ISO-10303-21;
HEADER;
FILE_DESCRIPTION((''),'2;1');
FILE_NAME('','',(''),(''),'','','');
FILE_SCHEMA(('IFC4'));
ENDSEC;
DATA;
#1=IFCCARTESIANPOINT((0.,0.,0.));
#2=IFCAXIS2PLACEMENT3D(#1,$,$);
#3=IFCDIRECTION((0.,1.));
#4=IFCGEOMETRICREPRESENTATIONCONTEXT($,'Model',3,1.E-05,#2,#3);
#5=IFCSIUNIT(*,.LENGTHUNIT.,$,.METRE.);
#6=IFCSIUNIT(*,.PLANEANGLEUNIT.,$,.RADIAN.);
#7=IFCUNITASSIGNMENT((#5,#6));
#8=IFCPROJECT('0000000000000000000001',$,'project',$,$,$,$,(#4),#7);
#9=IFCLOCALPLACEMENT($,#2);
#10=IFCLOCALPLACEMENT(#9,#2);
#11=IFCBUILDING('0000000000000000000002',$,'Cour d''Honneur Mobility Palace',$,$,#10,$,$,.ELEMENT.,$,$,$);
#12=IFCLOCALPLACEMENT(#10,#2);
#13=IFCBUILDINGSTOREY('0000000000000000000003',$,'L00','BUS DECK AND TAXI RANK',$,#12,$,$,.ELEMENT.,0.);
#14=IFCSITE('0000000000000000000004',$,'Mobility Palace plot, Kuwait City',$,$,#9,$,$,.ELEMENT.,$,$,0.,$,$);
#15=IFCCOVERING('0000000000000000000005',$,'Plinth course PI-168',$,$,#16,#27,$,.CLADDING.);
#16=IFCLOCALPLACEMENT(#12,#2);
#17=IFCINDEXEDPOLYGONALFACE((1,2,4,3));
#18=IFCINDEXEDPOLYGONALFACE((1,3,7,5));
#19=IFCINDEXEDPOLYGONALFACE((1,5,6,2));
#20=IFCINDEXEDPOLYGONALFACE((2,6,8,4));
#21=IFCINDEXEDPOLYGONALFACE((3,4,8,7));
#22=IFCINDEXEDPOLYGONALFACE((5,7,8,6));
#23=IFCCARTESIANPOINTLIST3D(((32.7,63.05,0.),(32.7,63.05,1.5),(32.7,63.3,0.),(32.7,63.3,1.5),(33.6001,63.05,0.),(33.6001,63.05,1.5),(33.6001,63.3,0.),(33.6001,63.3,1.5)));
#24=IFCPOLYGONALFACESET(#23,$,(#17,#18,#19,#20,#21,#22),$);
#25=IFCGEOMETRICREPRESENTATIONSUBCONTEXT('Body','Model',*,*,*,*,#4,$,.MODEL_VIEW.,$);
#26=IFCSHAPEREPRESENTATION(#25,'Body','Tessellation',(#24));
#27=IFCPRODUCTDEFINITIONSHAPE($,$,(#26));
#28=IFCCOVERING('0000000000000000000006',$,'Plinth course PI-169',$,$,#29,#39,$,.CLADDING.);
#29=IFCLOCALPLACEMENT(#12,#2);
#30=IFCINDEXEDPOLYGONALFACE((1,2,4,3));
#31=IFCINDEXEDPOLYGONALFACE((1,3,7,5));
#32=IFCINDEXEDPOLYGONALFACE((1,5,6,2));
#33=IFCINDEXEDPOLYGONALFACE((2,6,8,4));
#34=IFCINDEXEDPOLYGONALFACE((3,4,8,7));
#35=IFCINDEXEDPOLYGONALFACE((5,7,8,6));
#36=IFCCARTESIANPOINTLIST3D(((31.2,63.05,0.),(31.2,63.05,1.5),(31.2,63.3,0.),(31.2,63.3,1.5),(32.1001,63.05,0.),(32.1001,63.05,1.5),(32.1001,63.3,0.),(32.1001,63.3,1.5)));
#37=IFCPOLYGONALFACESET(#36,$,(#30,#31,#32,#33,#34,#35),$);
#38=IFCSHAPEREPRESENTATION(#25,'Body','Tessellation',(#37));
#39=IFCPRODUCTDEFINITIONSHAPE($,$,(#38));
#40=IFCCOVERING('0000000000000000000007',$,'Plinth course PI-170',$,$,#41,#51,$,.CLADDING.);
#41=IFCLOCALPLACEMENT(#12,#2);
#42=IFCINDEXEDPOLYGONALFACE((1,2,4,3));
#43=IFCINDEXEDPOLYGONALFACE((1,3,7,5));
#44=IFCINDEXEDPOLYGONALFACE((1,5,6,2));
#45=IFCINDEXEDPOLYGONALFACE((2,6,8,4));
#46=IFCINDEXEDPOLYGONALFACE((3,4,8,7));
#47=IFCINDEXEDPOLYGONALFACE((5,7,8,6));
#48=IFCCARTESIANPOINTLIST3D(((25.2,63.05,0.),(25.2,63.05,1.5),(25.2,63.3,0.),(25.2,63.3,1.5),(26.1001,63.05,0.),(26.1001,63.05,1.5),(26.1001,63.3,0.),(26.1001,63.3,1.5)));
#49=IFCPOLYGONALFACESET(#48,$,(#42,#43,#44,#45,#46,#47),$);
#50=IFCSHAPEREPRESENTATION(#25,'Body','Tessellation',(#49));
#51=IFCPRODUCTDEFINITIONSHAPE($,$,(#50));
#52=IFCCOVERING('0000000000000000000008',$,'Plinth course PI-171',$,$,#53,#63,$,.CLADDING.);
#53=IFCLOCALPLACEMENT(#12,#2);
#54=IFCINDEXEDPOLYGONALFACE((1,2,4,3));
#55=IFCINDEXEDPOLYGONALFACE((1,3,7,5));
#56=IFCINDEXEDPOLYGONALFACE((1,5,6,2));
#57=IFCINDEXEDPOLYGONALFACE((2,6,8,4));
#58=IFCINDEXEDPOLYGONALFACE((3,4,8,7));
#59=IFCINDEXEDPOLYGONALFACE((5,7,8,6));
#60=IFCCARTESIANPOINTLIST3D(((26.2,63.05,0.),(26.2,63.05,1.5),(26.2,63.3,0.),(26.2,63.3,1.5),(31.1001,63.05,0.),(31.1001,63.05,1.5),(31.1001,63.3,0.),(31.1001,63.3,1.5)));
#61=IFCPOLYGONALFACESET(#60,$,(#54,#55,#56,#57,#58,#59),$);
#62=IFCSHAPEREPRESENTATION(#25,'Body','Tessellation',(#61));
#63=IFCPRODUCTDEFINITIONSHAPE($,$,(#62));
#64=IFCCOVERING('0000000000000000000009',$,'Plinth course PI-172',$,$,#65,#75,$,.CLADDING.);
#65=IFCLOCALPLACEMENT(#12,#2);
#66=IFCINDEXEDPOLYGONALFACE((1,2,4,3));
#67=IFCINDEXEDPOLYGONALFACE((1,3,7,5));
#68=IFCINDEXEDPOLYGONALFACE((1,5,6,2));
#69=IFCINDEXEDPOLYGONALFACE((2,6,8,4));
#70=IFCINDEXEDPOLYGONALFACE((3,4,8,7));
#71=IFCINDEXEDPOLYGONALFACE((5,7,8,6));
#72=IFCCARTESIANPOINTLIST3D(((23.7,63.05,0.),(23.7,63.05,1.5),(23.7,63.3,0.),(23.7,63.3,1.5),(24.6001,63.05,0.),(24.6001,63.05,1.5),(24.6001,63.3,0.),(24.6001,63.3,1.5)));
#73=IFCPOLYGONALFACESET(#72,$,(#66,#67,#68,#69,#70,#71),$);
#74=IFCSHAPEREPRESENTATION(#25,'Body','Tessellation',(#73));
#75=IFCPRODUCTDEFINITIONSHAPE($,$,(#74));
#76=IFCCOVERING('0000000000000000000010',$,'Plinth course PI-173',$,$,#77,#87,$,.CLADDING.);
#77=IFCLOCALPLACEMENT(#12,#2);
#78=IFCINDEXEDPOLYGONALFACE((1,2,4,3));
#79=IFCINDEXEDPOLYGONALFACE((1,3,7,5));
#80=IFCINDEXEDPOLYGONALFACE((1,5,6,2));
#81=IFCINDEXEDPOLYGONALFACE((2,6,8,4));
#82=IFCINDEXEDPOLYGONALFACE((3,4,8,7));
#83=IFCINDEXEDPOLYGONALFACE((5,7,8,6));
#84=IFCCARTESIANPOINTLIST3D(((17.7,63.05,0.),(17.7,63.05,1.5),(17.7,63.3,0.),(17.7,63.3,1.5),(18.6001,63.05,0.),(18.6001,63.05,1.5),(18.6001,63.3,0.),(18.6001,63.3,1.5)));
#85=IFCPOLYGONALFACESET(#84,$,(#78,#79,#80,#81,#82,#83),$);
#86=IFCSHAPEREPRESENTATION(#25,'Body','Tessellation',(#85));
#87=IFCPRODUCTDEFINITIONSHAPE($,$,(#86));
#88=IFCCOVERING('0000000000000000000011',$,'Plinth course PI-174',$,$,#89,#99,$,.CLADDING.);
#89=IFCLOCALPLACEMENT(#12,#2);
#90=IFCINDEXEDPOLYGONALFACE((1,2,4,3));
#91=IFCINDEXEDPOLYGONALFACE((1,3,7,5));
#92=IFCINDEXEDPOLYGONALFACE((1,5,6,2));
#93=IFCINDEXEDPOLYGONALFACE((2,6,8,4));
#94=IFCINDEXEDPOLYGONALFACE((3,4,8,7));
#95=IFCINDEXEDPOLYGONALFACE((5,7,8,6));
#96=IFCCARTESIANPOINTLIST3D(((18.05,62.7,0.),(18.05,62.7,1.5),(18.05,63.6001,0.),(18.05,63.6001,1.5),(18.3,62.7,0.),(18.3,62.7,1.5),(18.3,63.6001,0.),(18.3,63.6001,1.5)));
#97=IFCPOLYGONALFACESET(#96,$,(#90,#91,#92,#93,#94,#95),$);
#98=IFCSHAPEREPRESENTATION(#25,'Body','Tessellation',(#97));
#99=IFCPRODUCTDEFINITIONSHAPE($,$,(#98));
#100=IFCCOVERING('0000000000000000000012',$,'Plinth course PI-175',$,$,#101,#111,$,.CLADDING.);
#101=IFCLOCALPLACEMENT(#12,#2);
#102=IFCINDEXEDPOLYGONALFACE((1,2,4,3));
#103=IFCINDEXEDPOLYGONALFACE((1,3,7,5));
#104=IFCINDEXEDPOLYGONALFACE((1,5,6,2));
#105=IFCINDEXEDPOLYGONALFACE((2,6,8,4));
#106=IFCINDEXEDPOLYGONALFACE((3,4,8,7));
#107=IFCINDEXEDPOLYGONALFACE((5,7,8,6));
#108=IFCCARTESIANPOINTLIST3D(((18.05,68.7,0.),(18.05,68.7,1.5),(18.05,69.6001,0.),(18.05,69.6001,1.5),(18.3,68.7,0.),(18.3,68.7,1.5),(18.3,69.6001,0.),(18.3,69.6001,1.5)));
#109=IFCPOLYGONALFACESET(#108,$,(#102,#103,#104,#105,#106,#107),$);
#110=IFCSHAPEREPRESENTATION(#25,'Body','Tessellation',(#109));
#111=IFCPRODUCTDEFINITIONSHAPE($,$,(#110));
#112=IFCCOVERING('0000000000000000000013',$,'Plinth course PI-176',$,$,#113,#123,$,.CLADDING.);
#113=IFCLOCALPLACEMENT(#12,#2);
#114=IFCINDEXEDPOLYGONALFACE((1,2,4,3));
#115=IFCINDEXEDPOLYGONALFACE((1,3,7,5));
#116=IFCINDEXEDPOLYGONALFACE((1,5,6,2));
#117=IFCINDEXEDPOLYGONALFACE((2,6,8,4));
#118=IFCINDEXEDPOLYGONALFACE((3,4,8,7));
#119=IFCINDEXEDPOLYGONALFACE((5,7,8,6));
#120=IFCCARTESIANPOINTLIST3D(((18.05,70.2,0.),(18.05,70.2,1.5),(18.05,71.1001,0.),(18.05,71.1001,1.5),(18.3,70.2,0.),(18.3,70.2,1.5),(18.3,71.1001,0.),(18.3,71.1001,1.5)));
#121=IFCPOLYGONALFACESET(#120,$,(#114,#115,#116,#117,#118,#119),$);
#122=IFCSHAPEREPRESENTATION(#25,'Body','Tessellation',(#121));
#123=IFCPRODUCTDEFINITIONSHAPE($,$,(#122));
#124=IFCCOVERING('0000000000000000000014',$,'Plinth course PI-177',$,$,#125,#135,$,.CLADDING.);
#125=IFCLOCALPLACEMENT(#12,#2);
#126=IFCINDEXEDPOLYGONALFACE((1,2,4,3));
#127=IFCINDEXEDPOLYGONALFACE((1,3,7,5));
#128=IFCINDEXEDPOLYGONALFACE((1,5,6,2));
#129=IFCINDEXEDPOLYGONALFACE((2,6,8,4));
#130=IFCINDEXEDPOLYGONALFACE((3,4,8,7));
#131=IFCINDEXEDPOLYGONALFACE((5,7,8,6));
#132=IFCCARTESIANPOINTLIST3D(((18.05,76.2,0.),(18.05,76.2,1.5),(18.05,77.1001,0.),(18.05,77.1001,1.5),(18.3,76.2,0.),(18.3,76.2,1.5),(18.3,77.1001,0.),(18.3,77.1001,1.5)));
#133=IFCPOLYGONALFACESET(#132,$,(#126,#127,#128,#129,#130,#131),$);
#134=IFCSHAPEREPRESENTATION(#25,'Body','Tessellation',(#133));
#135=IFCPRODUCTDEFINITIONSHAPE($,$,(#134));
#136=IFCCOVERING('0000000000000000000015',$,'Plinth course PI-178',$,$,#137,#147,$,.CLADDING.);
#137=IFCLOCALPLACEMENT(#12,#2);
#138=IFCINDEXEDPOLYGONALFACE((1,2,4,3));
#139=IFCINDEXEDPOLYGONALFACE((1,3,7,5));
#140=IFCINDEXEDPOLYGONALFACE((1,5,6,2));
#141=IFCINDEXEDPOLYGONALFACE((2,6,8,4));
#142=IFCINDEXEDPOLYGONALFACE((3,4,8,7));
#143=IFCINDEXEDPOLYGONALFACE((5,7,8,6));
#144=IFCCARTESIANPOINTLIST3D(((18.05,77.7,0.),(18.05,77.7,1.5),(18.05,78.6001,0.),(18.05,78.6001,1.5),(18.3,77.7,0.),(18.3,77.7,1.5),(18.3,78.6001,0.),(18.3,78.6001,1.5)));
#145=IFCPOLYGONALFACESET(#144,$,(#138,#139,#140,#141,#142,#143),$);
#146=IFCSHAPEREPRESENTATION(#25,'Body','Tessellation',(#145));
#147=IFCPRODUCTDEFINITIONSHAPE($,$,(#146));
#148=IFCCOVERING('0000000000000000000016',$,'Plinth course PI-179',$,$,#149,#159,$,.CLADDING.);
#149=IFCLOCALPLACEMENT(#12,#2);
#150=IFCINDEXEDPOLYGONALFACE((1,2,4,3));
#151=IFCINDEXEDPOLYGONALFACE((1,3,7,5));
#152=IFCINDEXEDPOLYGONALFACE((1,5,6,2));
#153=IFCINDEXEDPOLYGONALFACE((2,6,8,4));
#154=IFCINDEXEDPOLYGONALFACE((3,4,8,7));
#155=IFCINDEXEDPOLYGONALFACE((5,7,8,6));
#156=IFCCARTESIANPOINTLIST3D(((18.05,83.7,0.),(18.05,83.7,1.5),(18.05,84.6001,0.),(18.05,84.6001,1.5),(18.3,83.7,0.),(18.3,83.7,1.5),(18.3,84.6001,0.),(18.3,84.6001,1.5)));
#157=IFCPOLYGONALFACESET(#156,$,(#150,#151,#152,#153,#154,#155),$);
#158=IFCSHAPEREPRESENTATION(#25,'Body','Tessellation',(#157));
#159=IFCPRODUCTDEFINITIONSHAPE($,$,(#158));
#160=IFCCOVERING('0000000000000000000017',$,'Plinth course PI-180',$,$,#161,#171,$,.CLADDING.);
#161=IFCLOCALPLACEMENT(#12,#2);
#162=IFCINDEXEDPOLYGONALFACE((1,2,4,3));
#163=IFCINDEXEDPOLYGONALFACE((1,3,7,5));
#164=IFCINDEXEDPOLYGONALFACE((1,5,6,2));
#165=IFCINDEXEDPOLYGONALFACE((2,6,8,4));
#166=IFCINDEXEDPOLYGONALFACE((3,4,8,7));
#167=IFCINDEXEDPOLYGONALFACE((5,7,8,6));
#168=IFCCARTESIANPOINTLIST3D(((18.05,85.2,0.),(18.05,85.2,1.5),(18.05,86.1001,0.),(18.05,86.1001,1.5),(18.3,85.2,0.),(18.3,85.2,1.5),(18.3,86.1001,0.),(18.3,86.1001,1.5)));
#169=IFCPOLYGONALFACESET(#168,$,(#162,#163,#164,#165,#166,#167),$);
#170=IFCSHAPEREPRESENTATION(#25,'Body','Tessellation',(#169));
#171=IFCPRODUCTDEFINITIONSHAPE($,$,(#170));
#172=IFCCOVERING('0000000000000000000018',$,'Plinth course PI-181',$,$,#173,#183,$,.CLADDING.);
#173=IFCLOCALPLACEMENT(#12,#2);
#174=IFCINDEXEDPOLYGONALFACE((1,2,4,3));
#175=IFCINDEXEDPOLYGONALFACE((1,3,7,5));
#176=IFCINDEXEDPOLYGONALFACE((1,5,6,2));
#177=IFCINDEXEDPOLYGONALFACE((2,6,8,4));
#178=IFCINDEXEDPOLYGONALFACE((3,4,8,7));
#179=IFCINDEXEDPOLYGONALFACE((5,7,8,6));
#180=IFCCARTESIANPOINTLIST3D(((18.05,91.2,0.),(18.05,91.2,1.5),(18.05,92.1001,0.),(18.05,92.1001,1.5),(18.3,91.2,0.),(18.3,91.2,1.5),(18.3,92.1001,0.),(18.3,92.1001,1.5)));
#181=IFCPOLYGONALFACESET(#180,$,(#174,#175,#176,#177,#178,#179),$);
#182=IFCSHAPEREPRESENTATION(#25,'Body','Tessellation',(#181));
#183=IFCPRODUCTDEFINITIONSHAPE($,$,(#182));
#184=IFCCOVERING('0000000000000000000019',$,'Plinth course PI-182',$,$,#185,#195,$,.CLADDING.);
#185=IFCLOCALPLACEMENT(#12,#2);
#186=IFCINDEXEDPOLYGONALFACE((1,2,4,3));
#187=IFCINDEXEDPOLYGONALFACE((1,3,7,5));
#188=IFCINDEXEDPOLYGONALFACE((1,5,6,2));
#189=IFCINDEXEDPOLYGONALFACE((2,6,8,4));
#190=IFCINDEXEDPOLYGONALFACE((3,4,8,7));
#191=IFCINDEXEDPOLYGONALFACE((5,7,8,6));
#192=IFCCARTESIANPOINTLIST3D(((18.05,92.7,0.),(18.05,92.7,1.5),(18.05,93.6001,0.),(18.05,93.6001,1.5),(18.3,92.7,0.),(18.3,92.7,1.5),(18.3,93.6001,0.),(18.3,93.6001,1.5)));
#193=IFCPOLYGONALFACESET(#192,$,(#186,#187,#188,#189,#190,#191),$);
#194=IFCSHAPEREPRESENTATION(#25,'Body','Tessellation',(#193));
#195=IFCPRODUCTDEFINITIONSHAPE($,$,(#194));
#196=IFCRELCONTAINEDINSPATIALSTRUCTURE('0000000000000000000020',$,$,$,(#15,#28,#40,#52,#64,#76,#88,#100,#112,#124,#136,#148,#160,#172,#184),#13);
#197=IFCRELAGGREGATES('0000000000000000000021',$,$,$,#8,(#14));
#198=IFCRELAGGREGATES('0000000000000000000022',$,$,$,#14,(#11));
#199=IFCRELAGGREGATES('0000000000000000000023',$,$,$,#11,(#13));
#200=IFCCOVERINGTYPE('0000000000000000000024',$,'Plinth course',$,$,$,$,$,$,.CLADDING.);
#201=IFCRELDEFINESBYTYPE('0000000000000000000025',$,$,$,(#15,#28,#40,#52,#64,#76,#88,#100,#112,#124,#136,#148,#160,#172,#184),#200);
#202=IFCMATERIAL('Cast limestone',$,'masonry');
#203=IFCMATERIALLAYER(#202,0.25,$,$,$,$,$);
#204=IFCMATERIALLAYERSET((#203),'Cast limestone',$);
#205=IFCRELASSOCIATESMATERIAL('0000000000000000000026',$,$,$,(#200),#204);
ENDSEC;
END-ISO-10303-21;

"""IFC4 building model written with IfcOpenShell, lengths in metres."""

from ifc_helpers import new_model, si_unit, direction, origin, place, context, subcontext, project, spatial, polyline, outline, extrude, material, layer, layer_set, type_object, element, save


model = new_model("IFC4")

# Units and contexts
model_context = context("Model", 3, precision=1e-05, world=origin(), true_north=direction((0.0, 1.0)))
body_context = subcontext(model_context, "Body", "Model", "MODEL_VIEW")
ifc_project = project(units=[si_unit("LENGTHUNIT", "METRE"), si_unit("PLANEANGLEUNIT", "RADIAN")], contexts=[model_context])

# Site, building, storey
site_placement = place(None, origin())
site = spatial("IfcSite", under=ifc_project, at=site_placement, Name="Mobility Palace plot, Kuwait City", CompositionType="ELEMENT", RefElevation=0.0)
building_placement = place(site_placement, origin())
building = spatial("IfcBuilding", under=site, at=building_placement, Name="Cour d'Honneur Mobility Palace", CompositionType="ELEMENT")
storey_placement = place(building_placement, origin())
storey = spatial("IfcBuildingStorey", under=building, at=storey_placement, Name="L00", Description="BUS DECK AND TAXI RANK", CompositionType="ELEMENT", Elevation=0.0)

# Coverings
ifc_material = material(Name="Cast limestone", Category="masonry")
ifc_layer = layer(ifc_material, 0.25)
ifc_layer_set = layer_set([ifc_layer], Name="Cast limestone")
covering_type = type_object("IfcCoveringType", Name="Plinth course", PredefinedType="CLADDING", material=ifc_layer_set)
covering_1_placement = place(storey_placement, origin())
element("IfcCovering", 1, at=covering_1_placement, inside=storey, type_object=covering_type, Name="Plinth course PI-168", PredefinedType="CLADDING", context=body_context, shape_type="SweptSolid", body=[
    extrude(outline(polyline([(33.6001, 63.05), (32.7, 63.05), (32.7, 63.3), (33.6001, 63.3), (33.6001, 63.05)])), origin(), (0.0, 0.0, 1.0), 1.5),
])
covering_2_placement = place(storey_placement, origin())
element("IfcCovering", 2, at=covering_2_placement, inside=storey, type_object=covering_type, Name="Plinth course PI-169", PredefinedType="CLADDING", context=body_context, shape_type="SweptSolid", body=[
    extrude(outline(polyline([(32.1001, 63.05), (31.2, 63.05), (31.2, 63.3), (32.1001, 63.3), (32.1001, 63.05)])), origin(), (0.0, 0.0, 1.0), 1.5),
])
covering_3_placement = place(storey_placement, origin())
element("IfcCovering", 3, at=covering_3_placement, inside=storey, type_object=covering_type, Name="Plinth course PI-170", PredefinedType="CLADDING", context=body_context, shape_type="SweptSolid", body=[
    extrude(outline(polyline([(26.1001, 63.05), (25.2, 63.05), (25.2, 63.3), (26.1001, 63.3), (26.1001, 63.05)])), origin(), (0.0, 0.0, 1.0), 1.5),
])
covering_4_placement = place(storey_placement, origin())
element("IfcCovering", 4, at=covering_4_placement, inside=storey, type_object=covering_type, Name="Plinth course PI-171", PredefinedType="CLADDING", context=body_context, shape_type="SweptSolid", body=[
    extrude(outline(polyline([(31.1001, 63.05), (26.2, 63.05), (26.2, 63.3), (31.1001, 63.3), (31.1001, 63.05)])), origin(), (0.0, 0.0, 1.0), 1.5),
])
covering_5_placement = place(storey_placement, origin())
element("IfcCovering", 5, at=covering_5_placement, inside=storey, type_object=covering_type, Name="Plinth course PI-172", PredefinedType="CLADDING", context=body_context, shape_type="SweptSolid", body=[
    extrude(outline(polyline([(24.6001, 63.05), (23.7, 63.05), (23.7, 63.3), (24.6001, 63.3), (24.6001, 63.05)])), origin(), (0.0, 0.0, 1.0), 1.5),
])
covering_6_placement = place(storey_placement, origin())
element("IfcCovering", 6, at=covering_6_placement, inside=storey, type_object=covering_type, Name="Plinth course PI-173", PredefinedType="CLADDING", context=body_context, shape_type="SweptSolid", body=[
    extrude(outline(polyline([(18.6001, 63.05), (17.7, 63.05), (17.7, 63.3), (18.6001, 63.3), (18.6001, 63.05)])), origin(), (0.0, 0.0, 1.0), 1.5),
])
covering_7_placement = place(storey_placement, origin())
element("IfcCovering", 7, at=covering_7_placement, inside=storey, type_object=covering_type, Name="Plinth course PI-174", PredefinedType="CLADDING", context=body_context, shape_type="SweptSolid", body=[
    extrude(outline(polyline([(18.05, 62.7), (18.05, 63.6001), (18.3, 63.6001), (18.3, 62.7), (18.05, 62.7)])), origin(), (0.0, 0.0, 1.0), 1.5),
])
covering_8_placement = place(storey_placement, origin())
element("IfcCovering", 8, at=covering_8_placement, inside=storey, type_object=covering_type, Name="Plinth course PI-175", PredefinedType="CLADDING", context=body_context, shape_type="SweptSolid", body=[
    extrude(outline(polyline([(18.05, 68.7), (18.05, 69.6001), (18.3, 69.6001), (18.3, 68.7), (18.05, 68.7)])), origin(), (0.0, 0.0, 1.0), 1.5),
])
covering_9_placement = place(storey_placement, origin())
element("IfcCovering", 9, at=covering_9_placement, inside=storey, type_object=covering_type, Name="Plinth course PI-176", PredefinedType="CLADDING", context=body_context, shape_type="SweptSolid", body=[
    extrude(outline(polyline([(18.05, 70.2), (18.05, 71.1001), (18.3, 71.1001), (18.3, 70.2), (18.05, 70.2)])), origin(), (0.0, 0.0, 1.0), 1.5),
])
covering_10_placement = place(storey_placement, origin())
element("IfcCovering", 10, at=covering_10_placement, inside=storey, type_object=covering_type, Name="Plinth course PI-177", PredefinedType="CLADDING", context=body_context, shape_type="SweptSolid", body=[
    extrude(outline(polyline([(18.05, 76.2), (18.05, 77.1001), (18.3, 77.1001), (18.3, 76.2), (18.05, 76.2)])), origin(), (0.0, 0.0, 1.0), 1.5),
])
covering_11_placement = place(storey_placement, origin())
element("IfcCovering", 11, at=covering_11_placement, inside=storey, type_object=covering_type, Name="Plinth course PI-178", PredefinedType="CLADDING", context=body_context, shape_type="SweptSolid", body=[
    extrude(outline(polyline([(18.05, 77.7), (18.05, 78.6001), (18.3, 78.6001), (18.3, 77.7), (18.05, 77.7)])), origin(), (0.0, 0.0, 1.0), 1.5),
])
covering_12_placement = place(storey_placement, origin())
element("IfcCovering", 12, at=covering_12_placement, inside=storey, type_object=covering_type, Name="Plinth course PI-179", PredefinedType="CLADDING", context=body_context, shape_type="SweptSolid", body=[
    extrude(outline(polyline([(18.05, 83.7), (18.05, 84.6001), (18.3, 84.6001), (18.3, 83.7), (18.05, 83.7)])), origin(), (0.0, 0.0, 1.0), 1.5),
])
covering_13_placement = place(storey_placement, origin())
element("IfcCovering", 13, at=covering_13_placement, inside=storey, type_object=covering_type, Name="Plinth course PI-180", PredefinedType="CLADDING", context=body_context, shape_type="SweptSolid", body=[
    extrude(outline(polyline([(18.05, 85.2), (18.05, 86.1001), (18.3, 86.1001), (18.3, 85.2), (18.05, 85.2)])), origin(), (0.0, 0.0, 1.0), 1.5),
])
covering_14_placement = place(storey_placement, origin())
element("IfcCovering", 14, at=covering_14_placement, inside=storey, type_object=covering_type, Name="Plinth course PI-181", PredefinedType="CLADDING", context=body_context, shape_type="SweptSolid", body=[
    extrude(outline(polyline([(18.05, 91.2), (18.05, 92.1001), (18.3, 92.1001), (18.3, 91.2), (18.05, 91.2)])), origin(), (0.0, 0.0, 1.0), 1.5),
])
covering_15_placement = place(storey_placement, origin())
element("IfcCovering", 15, at=covering_15_placement, inside=storey, type_object=covering_type, Name="Plinth course PI-182", PredefinedType="CLADDING", context=body_context, shape_type="SweptSolid", body=[
    extrude(outline(polyline([(18.05, 92.7), (18.05, 93.6001), (18.3, 93.6001), (18.3, 92.7), (18.05, 92.7)])), origin(), (0.0, 0.0, 1.0), 1.5),
])

save(model, "model.ifc")
